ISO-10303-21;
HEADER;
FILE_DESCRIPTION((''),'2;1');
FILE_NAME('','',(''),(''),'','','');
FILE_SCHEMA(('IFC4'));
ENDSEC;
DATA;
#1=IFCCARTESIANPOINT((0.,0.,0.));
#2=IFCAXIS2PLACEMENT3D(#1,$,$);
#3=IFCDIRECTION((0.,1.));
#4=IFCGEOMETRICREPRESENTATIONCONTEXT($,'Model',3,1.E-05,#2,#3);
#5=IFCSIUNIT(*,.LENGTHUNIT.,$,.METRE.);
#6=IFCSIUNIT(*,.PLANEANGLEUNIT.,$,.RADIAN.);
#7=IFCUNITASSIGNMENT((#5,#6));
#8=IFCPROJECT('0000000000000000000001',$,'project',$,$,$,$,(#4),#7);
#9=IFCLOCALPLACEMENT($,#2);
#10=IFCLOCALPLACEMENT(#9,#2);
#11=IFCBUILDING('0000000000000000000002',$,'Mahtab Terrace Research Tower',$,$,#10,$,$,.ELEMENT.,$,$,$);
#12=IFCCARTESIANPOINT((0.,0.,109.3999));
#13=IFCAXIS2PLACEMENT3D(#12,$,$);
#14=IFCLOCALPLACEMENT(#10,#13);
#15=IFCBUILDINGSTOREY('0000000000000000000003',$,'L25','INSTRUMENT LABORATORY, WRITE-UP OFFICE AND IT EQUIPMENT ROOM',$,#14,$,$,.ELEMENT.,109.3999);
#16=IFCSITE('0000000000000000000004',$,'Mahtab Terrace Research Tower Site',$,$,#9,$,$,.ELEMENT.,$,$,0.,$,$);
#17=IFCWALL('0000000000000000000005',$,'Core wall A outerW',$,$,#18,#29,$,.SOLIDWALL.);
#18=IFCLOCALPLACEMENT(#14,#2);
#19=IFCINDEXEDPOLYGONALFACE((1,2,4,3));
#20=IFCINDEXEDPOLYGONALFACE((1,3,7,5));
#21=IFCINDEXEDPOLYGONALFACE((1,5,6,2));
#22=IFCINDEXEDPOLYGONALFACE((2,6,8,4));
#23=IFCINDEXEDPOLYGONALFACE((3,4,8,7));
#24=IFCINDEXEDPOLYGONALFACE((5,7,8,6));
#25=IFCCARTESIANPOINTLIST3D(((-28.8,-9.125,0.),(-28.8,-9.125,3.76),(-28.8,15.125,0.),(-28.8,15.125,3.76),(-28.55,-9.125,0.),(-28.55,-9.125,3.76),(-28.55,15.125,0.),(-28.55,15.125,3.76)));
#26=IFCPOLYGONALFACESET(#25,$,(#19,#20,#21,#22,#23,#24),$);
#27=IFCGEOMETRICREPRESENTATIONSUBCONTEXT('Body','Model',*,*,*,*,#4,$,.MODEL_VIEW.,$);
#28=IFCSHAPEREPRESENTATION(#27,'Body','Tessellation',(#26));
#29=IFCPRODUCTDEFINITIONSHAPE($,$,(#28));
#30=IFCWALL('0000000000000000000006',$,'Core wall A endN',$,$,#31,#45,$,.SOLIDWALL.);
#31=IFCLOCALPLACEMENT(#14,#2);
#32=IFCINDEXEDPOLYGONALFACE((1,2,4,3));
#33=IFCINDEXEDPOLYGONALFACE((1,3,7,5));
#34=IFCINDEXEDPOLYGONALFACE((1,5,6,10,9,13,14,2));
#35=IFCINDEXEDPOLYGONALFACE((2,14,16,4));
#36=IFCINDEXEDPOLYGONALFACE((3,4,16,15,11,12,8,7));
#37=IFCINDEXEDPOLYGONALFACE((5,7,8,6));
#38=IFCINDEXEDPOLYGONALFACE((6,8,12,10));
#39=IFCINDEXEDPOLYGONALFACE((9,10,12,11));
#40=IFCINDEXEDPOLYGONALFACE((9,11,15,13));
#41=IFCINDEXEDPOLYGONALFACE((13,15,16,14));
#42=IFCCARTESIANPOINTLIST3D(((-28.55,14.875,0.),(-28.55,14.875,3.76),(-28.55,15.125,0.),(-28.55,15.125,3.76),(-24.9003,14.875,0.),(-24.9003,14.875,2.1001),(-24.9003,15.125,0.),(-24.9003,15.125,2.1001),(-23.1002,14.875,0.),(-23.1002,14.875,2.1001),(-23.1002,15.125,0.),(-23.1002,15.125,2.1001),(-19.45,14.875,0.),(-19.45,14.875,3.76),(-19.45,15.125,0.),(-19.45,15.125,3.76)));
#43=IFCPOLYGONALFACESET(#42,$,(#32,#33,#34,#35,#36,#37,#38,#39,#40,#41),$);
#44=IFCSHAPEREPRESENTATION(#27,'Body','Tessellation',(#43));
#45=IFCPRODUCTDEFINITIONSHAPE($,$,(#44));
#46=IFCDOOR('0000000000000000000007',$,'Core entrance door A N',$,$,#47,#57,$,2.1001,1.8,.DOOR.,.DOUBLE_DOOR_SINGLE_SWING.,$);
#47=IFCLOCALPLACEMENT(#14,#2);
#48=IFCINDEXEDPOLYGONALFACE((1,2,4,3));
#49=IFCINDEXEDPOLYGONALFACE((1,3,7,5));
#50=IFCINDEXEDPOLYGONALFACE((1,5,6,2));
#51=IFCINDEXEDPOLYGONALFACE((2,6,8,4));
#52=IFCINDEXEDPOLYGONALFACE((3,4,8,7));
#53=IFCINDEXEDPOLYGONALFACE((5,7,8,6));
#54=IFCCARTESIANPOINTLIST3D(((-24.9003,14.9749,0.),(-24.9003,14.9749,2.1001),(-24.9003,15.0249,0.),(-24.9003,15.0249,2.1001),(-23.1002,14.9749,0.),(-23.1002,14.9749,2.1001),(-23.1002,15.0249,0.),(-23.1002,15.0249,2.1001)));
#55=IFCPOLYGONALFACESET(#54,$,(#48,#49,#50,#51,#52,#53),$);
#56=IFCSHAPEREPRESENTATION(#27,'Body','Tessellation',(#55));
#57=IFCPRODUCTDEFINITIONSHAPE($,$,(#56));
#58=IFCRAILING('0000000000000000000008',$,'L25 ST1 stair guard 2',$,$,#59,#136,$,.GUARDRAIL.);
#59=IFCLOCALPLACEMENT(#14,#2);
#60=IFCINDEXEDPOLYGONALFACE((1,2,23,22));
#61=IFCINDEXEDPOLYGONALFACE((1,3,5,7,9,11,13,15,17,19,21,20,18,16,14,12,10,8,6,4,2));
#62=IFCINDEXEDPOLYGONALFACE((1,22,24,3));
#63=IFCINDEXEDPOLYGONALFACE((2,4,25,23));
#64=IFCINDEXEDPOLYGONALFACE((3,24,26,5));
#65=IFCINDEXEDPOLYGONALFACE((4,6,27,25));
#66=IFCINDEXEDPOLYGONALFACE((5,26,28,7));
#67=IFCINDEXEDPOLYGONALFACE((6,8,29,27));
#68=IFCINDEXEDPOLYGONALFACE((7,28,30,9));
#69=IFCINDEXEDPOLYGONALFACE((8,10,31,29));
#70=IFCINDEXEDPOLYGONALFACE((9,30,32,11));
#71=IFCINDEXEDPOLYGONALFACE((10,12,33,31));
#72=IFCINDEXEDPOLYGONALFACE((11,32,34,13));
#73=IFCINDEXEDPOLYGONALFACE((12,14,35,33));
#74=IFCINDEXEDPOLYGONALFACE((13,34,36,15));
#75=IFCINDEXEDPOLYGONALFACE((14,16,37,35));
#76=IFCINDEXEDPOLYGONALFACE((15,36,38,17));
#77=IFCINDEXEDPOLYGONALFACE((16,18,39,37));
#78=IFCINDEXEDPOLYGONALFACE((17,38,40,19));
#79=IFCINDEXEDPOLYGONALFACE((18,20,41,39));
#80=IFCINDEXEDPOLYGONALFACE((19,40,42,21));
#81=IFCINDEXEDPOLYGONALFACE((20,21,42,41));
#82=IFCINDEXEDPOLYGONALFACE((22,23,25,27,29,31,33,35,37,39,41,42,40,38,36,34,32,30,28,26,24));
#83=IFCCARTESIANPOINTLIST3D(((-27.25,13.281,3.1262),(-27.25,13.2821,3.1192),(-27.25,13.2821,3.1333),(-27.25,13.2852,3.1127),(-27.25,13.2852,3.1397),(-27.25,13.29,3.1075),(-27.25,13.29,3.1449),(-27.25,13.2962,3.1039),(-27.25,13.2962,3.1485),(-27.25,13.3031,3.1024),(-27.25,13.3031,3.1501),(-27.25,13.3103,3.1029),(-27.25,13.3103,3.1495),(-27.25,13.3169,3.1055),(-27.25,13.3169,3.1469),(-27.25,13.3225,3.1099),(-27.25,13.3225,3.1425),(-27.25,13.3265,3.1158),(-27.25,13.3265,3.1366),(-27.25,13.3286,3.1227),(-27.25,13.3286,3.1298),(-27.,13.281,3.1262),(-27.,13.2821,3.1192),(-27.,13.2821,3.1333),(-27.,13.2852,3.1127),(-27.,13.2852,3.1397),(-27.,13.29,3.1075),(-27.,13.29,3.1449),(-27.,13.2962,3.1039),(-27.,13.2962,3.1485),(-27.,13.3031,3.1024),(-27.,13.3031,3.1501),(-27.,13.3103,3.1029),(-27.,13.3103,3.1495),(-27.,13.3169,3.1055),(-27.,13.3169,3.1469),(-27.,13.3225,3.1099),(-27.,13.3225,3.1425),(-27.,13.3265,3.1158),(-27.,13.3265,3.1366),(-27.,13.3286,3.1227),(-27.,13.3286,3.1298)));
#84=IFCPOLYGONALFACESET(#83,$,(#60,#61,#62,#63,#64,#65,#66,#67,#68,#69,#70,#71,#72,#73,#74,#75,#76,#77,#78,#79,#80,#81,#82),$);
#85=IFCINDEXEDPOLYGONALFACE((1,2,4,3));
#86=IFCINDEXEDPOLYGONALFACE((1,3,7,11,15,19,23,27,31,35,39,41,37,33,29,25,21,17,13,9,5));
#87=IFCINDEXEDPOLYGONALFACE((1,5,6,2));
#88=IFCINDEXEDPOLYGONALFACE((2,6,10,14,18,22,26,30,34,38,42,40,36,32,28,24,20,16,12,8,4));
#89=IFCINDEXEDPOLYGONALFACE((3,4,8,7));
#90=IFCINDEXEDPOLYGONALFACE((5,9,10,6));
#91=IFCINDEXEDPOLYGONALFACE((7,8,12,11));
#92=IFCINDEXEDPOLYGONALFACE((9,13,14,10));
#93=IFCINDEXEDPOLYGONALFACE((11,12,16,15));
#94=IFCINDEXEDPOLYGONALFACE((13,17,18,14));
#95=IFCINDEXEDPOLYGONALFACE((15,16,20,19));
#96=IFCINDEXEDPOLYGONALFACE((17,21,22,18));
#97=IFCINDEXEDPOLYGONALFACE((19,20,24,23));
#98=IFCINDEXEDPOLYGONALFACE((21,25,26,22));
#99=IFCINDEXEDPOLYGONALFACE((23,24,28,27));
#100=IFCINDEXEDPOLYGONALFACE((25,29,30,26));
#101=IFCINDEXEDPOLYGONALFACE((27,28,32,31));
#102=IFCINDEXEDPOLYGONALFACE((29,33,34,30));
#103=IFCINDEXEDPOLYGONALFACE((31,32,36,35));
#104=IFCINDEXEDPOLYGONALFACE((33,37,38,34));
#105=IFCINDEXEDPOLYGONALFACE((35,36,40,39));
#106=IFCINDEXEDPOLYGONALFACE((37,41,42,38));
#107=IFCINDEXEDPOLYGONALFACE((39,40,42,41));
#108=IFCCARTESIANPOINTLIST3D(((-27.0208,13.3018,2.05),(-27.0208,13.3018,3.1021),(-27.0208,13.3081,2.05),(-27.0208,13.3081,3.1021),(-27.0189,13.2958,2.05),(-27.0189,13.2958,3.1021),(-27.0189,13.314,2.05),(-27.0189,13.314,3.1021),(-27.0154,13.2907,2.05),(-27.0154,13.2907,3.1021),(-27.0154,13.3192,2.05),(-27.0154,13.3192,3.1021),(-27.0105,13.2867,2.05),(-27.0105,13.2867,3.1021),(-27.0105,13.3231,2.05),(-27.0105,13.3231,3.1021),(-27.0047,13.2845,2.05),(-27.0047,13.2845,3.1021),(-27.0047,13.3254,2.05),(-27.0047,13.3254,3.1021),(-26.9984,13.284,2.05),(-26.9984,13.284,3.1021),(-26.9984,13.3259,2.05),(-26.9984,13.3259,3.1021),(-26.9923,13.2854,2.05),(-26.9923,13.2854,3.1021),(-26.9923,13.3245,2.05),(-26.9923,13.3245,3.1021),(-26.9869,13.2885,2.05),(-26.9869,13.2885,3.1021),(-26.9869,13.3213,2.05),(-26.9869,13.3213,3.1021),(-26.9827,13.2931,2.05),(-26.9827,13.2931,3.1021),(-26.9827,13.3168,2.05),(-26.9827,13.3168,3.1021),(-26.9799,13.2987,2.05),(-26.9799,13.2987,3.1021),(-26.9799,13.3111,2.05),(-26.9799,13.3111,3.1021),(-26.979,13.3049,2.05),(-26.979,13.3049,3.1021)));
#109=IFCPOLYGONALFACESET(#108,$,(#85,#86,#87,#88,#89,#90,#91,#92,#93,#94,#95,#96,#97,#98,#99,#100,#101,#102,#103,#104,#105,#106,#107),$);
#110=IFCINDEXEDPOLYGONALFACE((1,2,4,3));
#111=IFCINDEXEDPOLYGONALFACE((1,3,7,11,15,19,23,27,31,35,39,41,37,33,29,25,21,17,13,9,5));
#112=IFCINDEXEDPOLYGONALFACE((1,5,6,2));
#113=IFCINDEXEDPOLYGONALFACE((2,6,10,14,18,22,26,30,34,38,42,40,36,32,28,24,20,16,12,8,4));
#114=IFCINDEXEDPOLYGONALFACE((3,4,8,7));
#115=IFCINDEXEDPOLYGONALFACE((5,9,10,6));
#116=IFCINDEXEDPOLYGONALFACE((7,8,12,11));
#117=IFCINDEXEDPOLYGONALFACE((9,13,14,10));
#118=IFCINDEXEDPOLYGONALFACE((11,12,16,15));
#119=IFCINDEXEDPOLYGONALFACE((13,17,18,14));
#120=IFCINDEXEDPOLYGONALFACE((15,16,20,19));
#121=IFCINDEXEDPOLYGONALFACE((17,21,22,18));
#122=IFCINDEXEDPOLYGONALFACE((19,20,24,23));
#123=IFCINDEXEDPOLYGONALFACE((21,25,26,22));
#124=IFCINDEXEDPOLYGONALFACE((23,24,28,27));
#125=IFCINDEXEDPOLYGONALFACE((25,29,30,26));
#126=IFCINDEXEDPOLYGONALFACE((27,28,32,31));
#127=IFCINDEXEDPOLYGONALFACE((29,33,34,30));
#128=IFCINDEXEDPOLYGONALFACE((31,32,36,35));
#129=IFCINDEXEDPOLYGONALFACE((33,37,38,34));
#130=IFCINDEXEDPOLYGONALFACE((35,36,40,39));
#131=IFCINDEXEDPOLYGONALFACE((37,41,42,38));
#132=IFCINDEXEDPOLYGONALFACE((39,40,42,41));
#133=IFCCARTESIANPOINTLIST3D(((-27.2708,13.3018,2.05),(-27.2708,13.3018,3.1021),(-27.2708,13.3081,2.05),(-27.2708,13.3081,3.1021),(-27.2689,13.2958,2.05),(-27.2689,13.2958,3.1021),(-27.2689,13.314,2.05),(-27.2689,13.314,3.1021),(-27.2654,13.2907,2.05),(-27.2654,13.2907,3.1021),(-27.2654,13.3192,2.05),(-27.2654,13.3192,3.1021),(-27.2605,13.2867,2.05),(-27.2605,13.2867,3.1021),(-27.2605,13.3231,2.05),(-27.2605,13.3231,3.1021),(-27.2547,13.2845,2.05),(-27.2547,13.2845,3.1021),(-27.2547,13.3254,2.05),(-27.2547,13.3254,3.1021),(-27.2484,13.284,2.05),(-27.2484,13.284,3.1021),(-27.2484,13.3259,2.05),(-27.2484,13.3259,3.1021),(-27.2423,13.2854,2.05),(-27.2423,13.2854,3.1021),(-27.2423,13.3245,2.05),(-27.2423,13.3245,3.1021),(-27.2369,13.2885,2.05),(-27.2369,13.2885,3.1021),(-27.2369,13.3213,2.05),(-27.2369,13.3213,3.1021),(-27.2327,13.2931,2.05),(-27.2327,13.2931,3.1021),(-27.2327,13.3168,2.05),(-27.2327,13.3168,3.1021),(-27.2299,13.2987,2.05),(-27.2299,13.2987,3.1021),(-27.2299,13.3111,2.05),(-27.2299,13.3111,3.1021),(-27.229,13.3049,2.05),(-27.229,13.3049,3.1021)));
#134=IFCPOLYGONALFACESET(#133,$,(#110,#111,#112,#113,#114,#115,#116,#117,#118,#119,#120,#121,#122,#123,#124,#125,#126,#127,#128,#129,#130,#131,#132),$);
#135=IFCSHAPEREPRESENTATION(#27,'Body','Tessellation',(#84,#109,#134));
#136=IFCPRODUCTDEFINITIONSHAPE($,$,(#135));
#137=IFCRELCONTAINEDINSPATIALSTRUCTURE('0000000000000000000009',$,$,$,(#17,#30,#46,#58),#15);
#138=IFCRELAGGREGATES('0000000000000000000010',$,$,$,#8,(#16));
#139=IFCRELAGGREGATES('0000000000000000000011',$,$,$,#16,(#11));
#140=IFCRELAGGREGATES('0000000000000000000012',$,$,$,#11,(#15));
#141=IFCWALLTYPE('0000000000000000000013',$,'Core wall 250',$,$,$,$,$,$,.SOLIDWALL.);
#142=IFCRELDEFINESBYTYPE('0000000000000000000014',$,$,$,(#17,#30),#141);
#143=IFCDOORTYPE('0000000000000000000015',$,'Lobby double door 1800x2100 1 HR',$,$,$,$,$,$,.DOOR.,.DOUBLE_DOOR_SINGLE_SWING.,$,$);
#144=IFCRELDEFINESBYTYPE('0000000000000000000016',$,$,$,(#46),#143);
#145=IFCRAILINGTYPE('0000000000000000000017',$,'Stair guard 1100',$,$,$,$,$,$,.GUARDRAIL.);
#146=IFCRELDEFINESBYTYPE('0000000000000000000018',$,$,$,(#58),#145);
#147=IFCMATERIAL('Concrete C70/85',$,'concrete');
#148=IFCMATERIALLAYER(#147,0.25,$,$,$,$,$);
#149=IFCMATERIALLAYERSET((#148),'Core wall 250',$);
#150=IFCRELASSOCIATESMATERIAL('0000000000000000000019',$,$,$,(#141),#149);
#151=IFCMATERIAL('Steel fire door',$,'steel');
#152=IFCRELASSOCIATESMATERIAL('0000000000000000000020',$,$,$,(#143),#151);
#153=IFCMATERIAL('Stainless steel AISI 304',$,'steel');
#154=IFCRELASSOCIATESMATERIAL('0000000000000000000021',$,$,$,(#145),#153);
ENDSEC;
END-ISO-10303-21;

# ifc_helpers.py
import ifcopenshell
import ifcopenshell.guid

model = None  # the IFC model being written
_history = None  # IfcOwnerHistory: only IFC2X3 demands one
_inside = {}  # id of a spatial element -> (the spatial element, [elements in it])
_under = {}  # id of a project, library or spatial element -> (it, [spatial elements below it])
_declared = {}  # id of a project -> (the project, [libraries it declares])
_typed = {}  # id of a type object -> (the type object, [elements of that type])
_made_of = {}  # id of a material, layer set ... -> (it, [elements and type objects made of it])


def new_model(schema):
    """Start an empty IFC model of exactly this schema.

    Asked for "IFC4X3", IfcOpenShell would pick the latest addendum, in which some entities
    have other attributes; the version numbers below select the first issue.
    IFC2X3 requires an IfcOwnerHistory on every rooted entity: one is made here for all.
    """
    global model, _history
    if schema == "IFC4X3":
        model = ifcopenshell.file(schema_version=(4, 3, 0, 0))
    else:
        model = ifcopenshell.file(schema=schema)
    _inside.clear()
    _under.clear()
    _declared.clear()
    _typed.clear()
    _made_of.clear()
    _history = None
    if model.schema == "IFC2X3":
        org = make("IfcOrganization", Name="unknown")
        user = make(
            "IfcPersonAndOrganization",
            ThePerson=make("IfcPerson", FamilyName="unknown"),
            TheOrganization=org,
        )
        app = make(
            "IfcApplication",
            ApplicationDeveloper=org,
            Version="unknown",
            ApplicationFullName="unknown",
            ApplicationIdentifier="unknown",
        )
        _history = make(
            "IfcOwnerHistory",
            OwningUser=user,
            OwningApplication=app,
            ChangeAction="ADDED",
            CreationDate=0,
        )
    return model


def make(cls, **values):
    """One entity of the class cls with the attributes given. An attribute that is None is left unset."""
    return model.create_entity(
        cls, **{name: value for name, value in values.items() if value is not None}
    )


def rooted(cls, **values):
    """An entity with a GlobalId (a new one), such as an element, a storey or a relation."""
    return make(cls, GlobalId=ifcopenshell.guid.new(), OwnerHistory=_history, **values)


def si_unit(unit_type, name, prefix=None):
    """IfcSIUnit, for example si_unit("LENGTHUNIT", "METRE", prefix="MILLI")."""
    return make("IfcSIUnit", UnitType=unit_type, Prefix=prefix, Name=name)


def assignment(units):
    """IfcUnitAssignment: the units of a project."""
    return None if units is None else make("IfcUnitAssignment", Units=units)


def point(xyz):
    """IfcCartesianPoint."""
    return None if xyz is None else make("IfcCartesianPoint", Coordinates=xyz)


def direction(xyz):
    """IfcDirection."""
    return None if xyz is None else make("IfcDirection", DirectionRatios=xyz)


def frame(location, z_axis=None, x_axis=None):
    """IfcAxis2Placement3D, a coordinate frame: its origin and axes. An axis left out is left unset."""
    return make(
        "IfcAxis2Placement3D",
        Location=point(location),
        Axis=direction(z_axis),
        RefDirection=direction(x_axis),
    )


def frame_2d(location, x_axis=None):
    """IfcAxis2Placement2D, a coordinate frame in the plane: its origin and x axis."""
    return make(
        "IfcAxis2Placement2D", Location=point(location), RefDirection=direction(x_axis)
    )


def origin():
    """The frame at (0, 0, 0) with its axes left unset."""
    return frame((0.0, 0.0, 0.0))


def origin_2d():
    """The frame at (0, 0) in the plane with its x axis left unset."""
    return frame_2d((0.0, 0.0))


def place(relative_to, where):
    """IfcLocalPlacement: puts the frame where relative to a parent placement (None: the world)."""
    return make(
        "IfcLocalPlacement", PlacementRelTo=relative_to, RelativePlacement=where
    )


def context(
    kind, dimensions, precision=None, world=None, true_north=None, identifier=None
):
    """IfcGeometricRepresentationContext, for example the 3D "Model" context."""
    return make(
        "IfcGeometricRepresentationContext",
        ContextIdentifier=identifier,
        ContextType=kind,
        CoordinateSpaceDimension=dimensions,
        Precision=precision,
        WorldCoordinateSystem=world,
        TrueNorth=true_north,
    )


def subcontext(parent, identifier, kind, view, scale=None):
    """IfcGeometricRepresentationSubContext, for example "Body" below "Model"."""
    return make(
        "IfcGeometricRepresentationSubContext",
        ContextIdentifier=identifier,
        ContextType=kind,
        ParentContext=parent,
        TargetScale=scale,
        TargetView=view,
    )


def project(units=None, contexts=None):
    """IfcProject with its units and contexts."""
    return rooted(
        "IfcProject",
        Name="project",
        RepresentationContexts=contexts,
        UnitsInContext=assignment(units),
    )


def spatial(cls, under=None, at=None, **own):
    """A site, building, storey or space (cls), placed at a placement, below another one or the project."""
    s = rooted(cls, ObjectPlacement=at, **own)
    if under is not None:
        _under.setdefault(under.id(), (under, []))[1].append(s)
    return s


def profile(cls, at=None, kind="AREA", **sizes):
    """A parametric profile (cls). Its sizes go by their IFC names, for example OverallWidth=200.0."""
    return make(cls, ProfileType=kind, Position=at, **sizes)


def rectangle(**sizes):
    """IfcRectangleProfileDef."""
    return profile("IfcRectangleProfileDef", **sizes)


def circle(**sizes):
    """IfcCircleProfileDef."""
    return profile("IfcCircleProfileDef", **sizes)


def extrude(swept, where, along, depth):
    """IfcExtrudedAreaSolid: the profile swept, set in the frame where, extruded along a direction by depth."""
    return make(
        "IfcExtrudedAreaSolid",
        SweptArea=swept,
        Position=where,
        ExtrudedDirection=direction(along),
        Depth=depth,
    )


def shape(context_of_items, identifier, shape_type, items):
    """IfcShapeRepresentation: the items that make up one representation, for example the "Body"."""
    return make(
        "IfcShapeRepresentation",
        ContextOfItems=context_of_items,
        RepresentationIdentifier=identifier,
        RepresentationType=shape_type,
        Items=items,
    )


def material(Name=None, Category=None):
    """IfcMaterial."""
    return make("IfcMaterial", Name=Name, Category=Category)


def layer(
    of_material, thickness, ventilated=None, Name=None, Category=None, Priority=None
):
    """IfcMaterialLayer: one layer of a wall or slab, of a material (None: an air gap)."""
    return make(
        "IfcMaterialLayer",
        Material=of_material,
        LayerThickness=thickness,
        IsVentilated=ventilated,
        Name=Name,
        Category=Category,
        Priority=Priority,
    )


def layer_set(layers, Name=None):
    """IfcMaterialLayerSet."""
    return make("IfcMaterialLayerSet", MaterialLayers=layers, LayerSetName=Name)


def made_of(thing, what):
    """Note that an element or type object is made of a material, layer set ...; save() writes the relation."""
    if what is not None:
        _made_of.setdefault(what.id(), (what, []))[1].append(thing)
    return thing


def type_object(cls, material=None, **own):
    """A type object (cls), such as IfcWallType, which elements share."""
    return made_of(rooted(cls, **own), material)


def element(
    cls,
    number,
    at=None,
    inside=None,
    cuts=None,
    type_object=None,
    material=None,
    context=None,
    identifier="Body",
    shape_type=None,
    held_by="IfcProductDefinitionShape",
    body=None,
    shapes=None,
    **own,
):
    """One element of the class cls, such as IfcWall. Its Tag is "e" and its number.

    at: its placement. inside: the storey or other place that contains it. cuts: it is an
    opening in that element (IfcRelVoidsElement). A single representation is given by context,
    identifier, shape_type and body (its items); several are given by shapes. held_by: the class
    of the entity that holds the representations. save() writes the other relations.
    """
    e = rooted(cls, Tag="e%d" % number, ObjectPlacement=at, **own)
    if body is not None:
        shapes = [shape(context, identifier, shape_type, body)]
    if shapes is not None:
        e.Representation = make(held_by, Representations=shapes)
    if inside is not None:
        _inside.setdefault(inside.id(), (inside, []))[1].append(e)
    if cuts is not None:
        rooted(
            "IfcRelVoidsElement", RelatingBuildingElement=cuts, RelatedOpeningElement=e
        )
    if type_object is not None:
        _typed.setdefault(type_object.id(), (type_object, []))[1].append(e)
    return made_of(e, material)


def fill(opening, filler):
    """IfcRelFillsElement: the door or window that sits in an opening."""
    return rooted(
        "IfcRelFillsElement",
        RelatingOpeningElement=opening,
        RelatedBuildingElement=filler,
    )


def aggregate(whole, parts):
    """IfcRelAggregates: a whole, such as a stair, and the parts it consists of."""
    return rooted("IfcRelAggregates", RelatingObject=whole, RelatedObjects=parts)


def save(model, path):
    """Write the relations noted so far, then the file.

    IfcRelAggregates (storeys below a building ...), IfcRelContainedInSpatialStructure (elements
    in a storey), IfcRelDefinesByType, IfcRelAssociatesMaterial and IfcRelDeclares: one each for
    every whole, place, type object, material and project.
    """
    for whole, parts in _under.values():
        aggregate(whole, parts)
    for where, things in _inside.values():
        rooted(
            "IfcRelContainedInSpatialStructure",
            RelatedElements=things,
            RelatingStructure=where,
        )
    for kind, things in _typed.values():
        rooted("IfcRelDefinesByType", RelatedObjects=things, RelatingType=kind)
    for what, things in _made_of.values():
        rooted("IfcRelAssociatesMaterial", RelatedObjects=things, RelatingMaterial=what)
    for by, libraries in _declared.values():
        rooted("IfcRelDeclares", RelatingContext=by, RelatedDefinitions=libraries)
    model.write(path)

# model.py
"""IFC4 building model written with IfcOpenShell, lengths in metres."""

from ifc_helpers import new_model, si_unit, direction, frame, frame_2d, origin, origin_2d, place, context, subcontext, project, spatial, rectangle, circle, extrude, material, layer, layer_set, type_object, element, fill, save


model = new_model("IFC4")

# Units and contexts
model_context = context("Model", 3, precision=1e-05, world=origin(), true_north=direction((0.0, 1.0)))
body_context = subcontext(model_context, "Body", "Model", "MODEL_VIEW")
ifc_project = project(units=[si_unit("LENGTHUNIT", "METRE"), si_unit("PLANEANGLEUNIT", "RADIAN")], contexts=[model_context])

# Site, building, storey
site_placement = place(None, origin())
site = spatial("IfcSite", under=ifc_project, at=site_placement, Name="Mahtab Terrace Research Tower Site", CompositionType="ELEMENT", RefElevation=0.0)
building_placement = place(site_placement, origin())
building = spatial("IfcBuilding", under=site, at=building_placement, Name="Mahtab Terrace Research Tower", CompositionType="ELEMENT")
storey_placement = place(building_placement, frame((0.0, 0.0, 109.3999)))
storey = spatial("IfcBuildingStorey", under=building, at=storey_placement, Name="L25", Description="INSTRUMENT LABORATORY, WRITE-UP OFFICE AND IT EQUIPMENT ROOM", CompositionType="ELEMENT", Elevation=109.3999)

# Wall
ifc_material_1 = material(Name="Concrete C70/85", Category="concrete")
ifc_layer = layer(ifc_material_1, 0.25)
ifc_layer_set = layer_set([ifc_layer], Name="Core wall 250")
wall_type = type_object("IfcWallType", Name="Core wall 250", PredefinedType="SOLIDWALL", material=ifc_layer_set)
wall_1_placement = place(storey_placement, frame((-28.675, 15.125, 0.0), z_axis=(0.0, 0.0, 1.0), x_axis=(0.0, -1.0, 0.0)))
element("IfcWall", 1, at=wall_1_placement, inside=storey, type_object=wall_type, Name="Core wall A outerW", PredefinedType="SOLIDWALL", context=body_context, shape_type="SweptSolid", body=[
    extrude(rectangle(XDim=24.25, YDim=0.25, at=frame_2d((12.125, 0.0))), origin(), (0.0, 0.0, 1.0), 3.76),
])

# Wall, opening, door
wall_2_placement = place(storey_placement, frame((-28.55, 15.0, 0.0), z_axis=(0.0, 0.0, 1.0), x_axis=(1.0, 0.0, 0.0)))
wall_2 = element("IfcWall", 2, at=wall_2_placement, inside=storey, type_object=wall_type, Name="Core wall A endN", PredefinedType="SOLIDWALL", context=body_context, shape_type="SweptSolid", body=[
    extrude(rectangle(XDim=9.1001, YDim=0.25, at=frame_2d((4.55, 0.0))), origin(), (0.0, 0.0, 1.0), 3.76),
])
opening_placement = place(wall_2_placement, frame((3.6499, 0.0, 0.0)))
opening = element("IfcOpeningElement", 3, at=opening_placement, cuts=wall_2, PredefinedType="OPENING", context=body_context, shape_type="SweptSolid", body=[
    extrude(rectangle(XDim=1.8, YDim=2.1001, at=frame_2d((0.8999, 1.05))), frame((0.0, 0.135, 0.0), z_axis=(0.0, -1.0, 0.0), x_axis=(1.0, 0.0, 0.0)), (0.0, 0.0, 1.0), 0.27),
])
ifc_material_2 = material(Name="Steel fire door", Category="steel")
door_type = type_object("IfcDoorType", Name="Lobby double door 1800x2100 1 HR", OperationType="DOUBLE_DOOR_SINGLE_SWING", PredefinedType="DOOR", material=ifc_material_2)
door_placement = place(opening_placement, origin())
door = element("IfcDoor", 4, at=door_placement, inside=storey, type_object=door_type, Name="Core entrance door A N", OperationType="DOUBLE_DOOR_SINGLE_SWING", OverallHeight=2.1001, OverallWidth=1.8, PredefinedType="DOOR", context=body_context, shape_type="SweptSolid", body=[
    extrude(rectangle(XDim=1.8, YDim=2.1001, at=frame_2d((0.8999, 1.05))), frame((0.0, 0.0249, 0.0), z_axis=(0.0, -1.0, 0.0), x_axis=(1.0, 0.0, 0.0)), (0.0, 0.0, 1.0), 0.05),
])
fill(opening, door)

# Railing
ifc_material_3 = material(Name="Stainless steel AISI 304", Category="steel")
railing_type = type_object("IfcRailingType", Name="Stair guard 1100", PredefinedType="GUARDRAIL", material=ifc_material_3)
railing_placement = place(storey_placement, frame((-27.0, 13.3049, 2.05)))
element("IfcRailing", 5, at=railing_placement, inside=storey, type_object=railing_type, Name="L25 ST1 stair guard 2", PredefinedType="GUARDRAIL", context=body_context, shape_type="SweptSolid", body=[
    extrude(circle(Radius=0.0239, at=origin_2d()), frame((0.0, 0.0, 1.0762), z_axis=(-1.0, 0.0, 0.0), x_axis=(0.0, -1.0, 0.0)), (0.0, 0.0, 1.0), 0.25),
    extrude(circle(Radius=0.021, at=origin_2d()), origin(), (0.0, 0.0, 1.0), 1.052),
    extrude(circle(Radius=0.021, at=origin_2d()), frame((-0.25, 0.0, 0.0)), (0.0, 0.0, 1.0), 1.052),
])

save(model, "model.ifc")
